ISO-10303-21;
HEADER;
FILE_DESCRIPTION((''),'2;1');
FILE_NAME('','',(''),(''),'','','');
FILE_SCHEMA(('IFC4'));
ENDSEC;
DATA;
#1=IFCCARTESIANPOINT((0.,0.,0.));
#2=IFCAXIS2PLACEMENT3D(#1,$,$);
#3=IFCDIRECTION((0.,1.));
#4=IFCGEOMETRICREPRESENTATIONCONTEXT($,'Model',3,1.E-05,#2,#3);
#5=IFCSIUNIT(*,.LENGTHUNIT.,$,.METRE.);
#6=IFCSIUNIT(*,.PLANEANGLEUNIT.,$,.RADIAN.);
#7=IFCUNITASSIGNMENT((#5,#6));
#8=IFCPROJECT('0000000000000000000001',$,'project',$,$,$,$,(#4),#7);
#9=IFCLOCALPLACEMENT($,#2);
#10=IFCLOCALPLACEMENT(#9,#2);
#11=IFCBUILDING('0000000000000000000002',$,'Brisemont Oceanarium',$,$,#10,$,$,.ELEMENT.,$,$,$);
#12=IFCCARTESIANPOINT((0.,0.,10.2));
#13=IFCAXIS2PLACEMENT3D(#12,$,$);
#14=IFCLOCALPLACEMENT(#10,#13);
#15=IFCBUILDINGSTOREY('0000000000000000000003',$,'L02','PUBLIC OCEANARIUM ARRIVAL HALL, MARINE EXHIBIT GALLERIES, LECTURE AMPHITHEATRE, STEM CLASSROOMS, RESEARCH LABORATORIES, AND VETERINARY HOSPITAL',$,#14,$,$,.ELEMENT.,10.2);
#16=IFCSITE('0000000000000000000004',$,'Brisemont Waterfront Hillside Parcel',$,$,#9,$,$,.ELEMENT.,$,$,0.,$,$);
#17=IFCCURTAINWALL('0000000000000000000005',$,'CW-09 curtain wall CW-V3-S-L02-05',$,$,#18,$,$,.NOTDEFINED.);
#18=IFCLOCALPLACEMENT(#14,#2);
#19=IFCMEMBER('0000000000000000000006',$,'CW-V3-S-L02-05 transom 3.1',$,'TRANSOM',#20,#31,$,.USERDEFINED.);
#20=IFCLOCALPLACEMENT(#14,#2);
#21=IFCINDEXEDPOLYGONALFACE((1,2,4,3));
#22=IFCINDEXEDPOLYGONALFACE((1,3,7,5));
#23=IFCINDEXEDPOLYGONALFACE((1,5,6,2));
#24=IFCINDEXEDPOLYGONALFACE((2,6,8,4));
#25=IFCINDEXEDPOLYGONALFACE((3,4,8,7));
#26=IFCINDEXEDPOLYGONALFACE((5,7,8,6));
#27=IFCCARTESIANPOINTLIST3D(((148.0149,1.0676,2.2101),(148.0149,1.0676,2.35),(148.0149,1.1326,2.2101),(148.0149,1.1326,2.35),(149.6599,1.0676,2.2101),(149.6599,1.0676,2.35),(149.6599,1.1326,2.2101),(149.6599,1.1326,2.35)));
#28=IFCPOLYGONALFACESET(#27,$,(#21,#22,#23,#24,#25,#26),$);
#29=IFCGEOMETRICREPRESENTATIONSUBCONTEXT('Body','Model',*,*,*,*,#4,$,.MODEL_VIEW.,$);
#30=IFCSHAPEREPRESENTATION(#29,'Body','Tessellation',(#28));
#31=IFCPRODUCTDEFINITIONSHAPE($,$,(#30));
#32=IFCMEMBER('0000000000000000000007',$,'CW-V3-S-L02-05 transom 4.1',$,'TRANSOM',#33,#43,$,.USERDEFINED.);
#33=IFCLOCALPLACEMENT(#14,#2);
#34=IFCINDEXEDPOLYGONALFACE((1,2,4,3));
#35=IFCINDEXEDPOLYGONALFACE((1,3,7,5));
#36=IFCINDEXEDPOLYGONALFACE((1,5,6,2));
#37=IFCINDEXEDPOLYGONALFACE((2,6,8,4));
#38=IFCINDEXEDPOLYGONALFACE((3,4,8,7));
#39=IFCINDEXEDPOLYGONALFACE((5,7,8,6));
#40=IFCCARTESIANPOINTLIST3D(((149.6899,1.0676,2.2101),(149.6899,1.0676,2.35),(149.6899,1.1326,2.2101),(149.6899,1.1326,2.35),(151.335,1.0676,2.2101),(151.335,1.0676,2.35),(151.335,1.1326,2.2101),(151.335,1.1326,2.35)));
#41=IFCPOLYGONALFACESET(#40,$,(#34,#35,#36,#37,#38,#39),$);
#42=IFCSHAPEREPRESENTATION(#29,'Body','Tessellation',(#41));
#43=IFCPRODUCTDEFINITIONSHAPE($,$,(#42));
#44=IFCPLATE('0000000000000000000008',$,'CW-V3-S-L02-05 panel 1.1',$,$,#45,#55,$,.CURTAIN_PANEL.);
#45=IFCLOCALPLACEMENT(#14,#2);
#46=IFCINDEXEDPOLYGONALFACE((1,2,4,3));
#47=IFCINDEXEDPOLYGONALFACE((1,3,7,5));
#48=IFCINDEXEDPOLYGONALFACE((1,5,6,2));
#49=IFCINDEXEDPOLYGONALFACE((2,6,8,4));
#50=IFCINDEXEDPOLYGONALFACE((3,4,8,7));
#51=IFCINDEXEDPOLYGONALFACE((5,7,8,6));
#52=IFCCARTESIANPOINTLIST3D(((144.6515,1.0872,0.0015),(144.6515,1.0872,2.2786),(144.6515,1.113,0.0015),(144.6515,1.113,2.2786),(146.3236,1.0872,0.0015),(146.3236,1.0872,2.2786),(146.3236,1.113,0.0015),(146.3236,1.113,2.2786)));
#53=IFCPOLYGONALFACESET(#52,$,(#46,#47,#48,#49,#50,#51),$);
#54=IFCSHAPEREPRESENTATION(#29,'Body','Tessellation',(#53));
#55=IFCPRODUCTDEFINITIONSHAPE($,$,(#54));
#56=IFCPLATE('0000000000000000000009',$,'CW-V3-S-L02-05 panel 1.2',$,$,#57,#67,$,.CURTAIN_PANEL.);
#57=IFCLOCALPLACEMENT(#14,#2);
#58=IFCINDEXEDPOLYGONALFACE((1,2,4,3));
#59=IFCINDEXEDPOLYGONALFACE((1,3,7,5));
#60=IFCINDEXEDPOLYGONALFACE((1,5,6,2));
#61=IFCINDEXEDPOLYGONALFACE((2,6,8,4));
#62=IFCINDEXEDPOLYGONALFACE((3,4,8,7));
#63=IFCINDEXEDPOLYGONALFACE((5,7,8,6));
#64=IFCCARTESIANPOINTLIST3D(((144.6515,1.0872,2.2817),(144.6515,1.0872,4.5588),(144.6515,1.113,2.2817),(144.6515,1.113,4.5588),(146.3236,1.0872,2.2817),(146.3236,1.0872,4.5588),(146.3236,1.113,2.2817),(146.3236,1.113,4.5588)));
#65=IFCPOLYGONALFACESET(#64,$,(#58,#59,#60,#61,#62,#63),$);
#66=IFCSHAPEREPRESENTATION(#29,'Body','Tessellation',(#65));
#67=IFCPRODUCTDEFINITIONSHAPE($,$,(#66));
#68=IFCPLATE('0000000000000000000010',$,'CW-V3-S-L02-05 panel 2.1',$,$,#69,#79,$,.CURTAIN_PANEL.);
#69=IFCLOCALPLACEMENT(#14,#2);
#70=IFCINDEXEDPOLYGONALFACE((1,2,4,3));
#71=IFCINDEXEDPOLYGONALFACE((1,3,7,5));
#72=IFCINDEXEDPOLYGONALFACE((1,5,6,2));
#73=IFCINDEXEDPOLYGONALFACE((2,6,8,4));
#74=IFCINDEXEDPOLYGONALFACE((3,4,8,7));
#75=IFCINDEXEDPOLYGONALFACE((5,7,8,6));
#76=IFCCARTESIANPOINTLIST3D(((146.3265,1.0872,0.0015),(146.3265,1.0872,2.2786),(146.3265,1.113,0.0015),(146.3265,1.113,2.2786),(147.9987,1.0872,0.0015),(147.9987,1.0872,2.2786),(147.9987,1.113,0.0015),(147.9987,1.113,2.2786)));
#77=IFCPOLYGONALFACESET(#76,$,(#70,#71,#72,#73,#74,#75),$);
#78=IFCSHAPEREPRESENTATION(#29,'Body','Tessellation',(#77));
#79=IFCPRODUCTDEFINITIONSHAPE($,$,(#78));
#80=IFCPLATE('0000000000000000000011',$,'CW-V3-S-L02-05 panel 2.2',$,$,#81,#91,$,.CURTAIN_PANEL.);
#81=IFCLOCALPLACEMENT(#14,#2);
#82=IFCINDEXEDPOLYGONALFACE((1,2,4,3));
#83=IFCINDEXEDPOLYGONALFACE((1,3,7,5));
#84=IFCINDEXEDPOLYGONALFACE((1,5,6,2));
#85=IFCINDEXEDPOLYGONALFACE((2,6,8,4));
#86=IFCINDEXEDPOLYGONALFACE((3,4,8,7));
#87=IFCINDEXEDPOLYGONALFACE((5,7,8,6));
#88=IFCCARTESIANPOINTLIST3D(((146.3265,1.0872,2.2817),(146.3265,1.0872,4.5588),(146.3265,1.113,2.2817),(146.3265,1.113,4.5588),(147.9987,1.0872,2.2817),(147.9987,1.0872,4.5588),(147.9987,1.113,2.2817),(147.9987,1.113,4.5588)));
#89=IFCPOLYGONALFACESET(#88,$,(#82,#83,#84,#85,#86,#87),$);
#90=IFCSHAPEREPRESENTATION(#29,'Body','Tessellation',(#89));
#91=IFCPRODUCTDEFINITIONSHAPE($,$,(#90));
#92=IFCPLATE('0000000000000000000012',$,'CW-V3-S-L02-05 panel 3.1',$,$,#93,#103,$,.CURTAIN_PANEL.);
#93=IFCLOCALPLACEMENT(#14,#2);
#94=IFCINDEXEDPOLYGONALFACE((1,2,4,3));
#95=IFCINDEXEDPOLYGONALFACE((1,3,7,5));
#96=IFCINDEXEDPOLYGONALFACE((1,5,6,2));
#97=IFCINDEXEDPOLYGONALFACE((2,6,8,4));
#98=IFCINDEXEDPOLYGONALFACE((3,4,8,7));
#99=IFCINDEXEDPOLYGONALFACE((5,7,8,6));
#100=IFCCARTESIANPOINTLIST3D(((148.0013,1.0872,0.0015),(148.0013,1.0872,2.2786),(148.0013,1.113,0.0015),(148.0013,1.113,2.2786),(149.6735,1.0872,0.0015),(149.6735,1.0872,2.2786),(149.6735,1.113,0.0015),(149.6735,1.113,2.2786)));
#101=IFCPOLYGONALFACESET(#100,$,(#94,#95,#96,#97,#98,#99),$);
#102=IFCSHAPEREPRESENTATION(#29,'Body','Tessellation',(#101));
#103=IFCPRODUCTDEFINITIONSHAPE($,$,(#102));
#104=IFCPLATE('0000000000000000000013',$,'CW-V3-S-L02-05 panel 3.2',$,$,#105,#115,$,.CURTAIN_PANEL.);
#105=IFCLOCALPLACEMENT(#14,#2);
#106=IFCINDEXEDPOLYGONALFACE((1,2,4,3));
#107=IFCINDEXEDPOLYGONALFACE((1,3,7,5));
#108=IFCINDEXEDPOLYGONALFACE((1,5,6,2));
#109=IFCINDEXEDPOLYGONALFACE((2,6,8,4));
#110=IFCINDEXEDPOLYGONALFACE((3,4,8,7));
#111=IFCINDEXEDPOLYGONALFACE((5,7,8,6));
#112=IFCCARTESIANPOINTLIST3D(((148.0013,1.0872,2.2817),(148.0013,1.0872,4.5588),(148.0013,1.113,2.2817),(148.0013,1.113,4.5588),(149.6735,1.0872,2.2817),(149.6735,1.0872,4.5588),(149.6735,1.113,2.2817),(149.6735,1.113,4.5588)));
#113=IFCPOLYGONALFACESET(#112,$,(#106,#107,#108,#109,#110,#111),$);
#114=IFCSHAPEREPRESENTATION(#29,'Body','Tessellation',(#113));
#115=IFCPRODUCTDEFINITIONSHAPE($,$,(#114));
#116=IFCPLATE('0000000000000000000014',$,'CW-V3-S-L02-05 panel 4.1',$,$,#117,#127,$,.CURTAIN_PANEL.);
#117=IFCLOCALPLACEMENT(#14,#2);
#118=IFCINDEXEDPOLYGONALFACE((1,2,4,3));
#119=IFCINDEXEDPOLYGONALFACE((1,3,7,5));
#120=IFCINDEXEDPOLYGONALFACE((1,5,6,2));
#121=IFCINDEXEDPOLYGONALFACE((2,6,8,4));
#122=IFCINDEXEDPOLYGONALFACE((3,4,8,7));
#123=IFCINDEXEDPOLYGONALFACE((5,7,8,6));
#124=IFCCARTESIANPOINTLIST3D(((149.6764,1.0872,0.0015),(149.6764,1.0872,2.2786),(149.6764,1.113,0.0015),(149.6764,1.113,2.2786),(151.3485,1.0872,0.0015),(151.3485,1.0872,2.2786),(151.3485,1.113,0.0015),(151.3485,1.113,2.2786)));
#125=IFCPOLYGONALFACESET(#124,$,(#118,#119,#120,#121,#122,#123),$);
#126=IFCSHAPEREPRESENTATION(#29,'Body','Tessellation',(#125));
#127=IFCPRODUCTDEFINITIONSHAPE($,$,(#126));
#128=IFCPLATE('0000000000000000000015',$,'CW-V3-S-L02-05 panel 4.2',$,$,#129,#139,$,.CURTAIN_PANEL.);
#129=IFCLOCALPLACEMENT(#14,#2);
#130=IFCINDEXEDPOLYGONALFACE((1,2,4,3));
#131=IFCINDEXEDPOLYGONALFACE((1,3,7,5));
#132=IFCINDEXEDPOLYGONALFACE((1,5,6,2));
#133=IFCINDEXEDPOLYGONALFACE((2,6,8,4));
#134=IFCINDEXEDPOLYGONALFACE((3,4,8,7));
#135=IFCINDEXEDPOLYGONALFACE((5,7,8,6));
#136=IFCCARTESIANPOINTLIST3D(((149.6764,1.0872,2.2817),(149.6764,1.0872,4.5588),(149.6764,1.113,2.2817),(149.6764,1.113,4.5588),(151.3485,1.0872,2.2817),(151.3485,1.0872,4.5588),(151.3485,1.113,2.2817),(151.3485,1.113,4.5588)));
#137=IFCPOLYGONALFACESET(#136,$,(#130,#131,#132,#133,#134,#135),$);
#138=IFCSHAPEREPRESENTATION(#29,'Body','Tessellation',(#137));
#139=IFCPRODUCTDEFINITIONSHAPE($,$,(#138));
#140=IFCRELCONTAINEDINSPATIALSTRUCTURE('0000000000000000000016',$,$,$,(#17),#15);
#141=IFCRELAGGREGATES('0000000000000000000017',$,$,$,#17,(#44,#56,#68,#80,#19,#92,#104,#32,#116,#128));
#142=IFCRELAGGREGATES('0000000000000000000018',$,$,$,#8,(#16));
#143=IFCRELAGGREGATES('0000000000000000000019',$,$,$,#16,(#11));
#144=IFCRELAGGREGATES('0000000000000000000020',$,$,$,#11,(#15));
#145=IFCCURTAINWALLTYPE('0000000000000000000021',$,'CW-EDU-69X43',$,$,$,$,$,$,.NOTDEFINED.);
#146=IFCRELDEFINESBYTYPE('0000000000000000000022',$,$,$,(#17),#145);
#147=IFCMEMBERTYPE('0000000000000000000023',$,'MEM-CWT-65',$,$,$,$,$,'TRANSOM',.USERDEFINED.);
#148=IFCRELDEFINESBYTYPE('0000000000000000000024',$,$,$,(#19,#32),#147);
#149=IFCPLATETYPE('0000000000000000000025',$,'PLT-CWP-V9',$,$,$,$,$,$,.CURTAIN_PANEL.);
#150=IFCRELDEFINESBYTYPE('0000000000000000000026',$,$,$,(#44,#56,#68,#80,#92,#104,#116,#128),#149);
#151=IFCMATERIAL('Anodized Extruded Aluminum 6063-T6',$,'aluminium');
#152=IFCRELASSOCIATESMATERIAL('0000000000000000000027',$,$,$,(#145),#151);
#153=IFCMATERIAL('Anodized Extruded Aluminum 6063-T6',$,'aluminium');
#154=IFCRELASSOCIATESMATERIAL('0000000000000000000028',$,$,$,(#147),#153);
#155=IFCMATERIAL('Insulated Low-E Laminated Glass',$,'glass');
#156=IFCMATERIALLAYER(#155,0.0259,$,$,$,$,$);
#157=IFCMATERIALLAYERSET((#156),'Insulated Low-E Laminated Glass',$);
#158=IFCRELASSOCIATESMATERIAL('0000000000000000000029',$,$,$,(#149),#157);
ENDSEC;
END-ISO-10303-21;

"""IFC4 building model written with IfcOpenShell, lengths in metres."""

from ifc_helpers import new_model, si_unit, direction, frame, origin, origin_2d, place, context, subcontext, project, spatial, rectangle, extrude, material, layer, layer_set, material_profile, profile_set, type_object, element, aggregate, save


model = new_model("IFC4")

# Units and contexts
model_context = context("Model", 3, precision=1e-05, world=origin(), true_north=direction((0.0, 1.0)))
body_context = subcontext(model_context, "Body", "Model", "MODEL_VIEW")
ifc_project = project(units=[si_unit("LENGTHUNIT", "METRE"), si_unit("PLANEANGLEUNIT", "RADIAN")], contexts=[model_context])

# Site, building, storey
site_placement = place(None, origin())
site = spatial("IfcSite", under=ifc_project, at=site_placement, Name="Brisemont Waterfront Hillside Parcel", CompositionType="ELEMENT", RefElevation=0.0)
building_placement = place(site_placement, origin())
building = spatial("IfcBuilding", under=site, at=building_placement, Name="Brisemont Oceanarium", CompositionType="ELEMENT")
storey_placement = place(building_placement, frame((0.0, 0.0, 10.2)))
storey = spatial("IfcBuildingStorey", under=building, at=storey_placement, Name="L02", Description="PUBLIC OCEANARIUM ARRIVAL HALL, MARINE EXHIBIT GALLERIES, LECTURE AMPHITHEATRE, STEM CLASSROOMS, RESEARCH LABORATORIES, AND VETERINARY HOSPITAL", CompositionType="ELEMENT", Elevation=10.2)

# Curtain wall, members, plates
ifc_material_1 = material(Name="Anodized Extruded Aluminum 6063-T6", Category="aluminium")
curtain_wall_type = type_object("IfcCurtainWallType", Name="CW-EDU-69X43", PredefinedType="NOTDEFINED", material=ifc_material_1)
curtain_wall_placement = place(storey_placement, origin())
curtain_wall = element("IfcCurtainWall", 1, at=curtain_wall_placement, inside=storey, type_object=curtain_wall_type, Name="CW-09 curtain wall CW-V3-S-L02-05", PredefinedType="NOTDEFINED")
ifc_material_2 = material(Name="Anodized Extruded Aluminum 6063-T6", Category="aluminium")
ifc_material_profile_1 = material_profile(ifc_material_2, rectangle(XDim=0.0649, YDim=0.1399, at=origin_2d()), Name="CWT-65X140")
ifc_profile_set_1 = profile_set([ifc_material_profile_1], Name="Anodized Extruded Aluminum 6063-T6")
member_type_1 = type_object("IfcMemberType", Name="MEM-CWT-65", ElementType="TRANSOM", PredefinedType="USERDEFINED", material=ifc_profile_set_1)
member_1_placement = place(storey_placement, frame((148.0149, 1.1001, 2.28), z_axis=(1.0, 0.0, 0.0), x_axis=(0.0, 1.0, 0.0)))
member_1 = element("IfcMember", 2, at=member_1_placement, type_object=member_type_1, Name="CW-V3-S-L02-05 transom 3.1", ObjectType="TRANSOM", PredefinedType="USERDEFINED", context=body_context, shape_type="SweptSolid", body=[
    extrude(rectangle(XDim=0.0649, YDim=0.1399, at=origin_2d()), origin(), (0.0, 0.0, 1.0), 1.645),
])
member_2_placement = place(storey_placement, frame((149.6899, 1.1001, 2.28), z_axis=(1.0, 0.0, 0.0), x_axis=(0.0, 1.0, 0.0)))
member_2 = element("IfcMember", 3, at=member_2_placement, type_object=member_type_1, Name="CW-V3-S-L02-05 transom 4.1", ObjectType="TRANSOM", PredefinedType="USERDEFINED", context=body_context, shape_type="SweptSolid", body=[
    extrude(rectangle(XDim=0.0649, YDim=0.1399, at=origin_2d()), origin(), (0.0, 0.0, 1.0), 1.645),
])
ifc_material_3 = material(Name="Insulated Low-E Laminated Glass", Category="glass")
ifc_layer = layer(ifc_material_3, 0.0259)
ifc_layer_set = layer_set([ifc_layer], Name="Insulated Low-E Laminated Glass")
plate_type = type_object("IfcPlateType", Name="PLT-CWP-V9", PredefinedType="CURTAIN_PANEL", material=ifc_layer_set)
plate_1_placement = place(storey_placement, frame((145.4875, 1.1001, 0.0015), z_axis=(0.0, 0.0, 1.0), x_axis=(1.0, 0.0, 0.0)))
plate_1 = element("IfcPlate", 4, at=plate_1_placement, type_object=plate_type, Name="CW-V3-S-L02-05 panel 1.1", PredefinedType="CURTAIN_PANEL", context=body_context, shape_type="SweptSolid", body=[
    extrude(rectangle(XDim=1.6721, YDim=0.0259, at=origin_2d()), origin(), (0.0, 0.0, 1.0), 2.2771),
])
plate_2_placement = place(storey_placement, frame((145.4875, 1.1001, 2.2817), z_axis=(0.0, 0.0, 1.0), x_axis=(1.0, 0.0, 0.0)))
plate_2 = element("IfcPlate", 5, at=plate_2_placement, type_object=plate_type, Name="CW-V3-S-L02-05 panel 1.2", PredefinedType="CURTAIN_PANEL", context=body_context, shape_type="SweptSolid", body=[
    extrude(rectangle(XDim=1.6721, YDim=0.0259, at=origin_2d()), origin(), (0.0, 0.0, 1.0), 2.2771),
])
plate_3_placement = place(storey_placement, frame((147.1626, 1.1001, 0.0015), z_axis=(0.0, 0.0, 1.0), x_axis=(1.0, 0.0, 0.0)))
plate_3 = element("IfcPlate", 6, at=plate_3_placement, type_object=plate_type, Name="CW-V3-S-L02-05 panel 2.1", PredefinedType="CURTAIN_PANEL", context=body_context, shape_type="SweptSolid", body=[
    extrude(rectangle(XDim=1.6721, YDim=0.0259, at=origin_2d()), origin(), (0.0, 0.0, 1.0), 2.2771),
])
plate_4_placement = place(storey_placement, frame((147.1626, 1.1001, 2.2817), z_axis=(0.0, 0.0, 1.0), x_axis=(1.0, 0.0, 0.0)))
plate_4 = element("IfcPlate", 7, at=plate_4_placement, type_object=plate_type, Name="CW-V3-S-L02-05 panel 2.2", PredefinedType="CURTAIN_PANEL", context=body_context, shape_type="SweptSolid", body=[
    extrude(rectangle(XDim=1.6721, YDim=0.0259, at=origin_2d()), origin(), (0.0, 0.0, 1.0), 2.2771),
])
plate_5_placement = place(storey_placement, frame((148.8374, 1.1001, 0.0015), z_axis=(0.0, 0.0, 1.0), x_axis=(1.0, 0.0, 0.0)))
plate_5 = element("IfcPlate", 8, at=plate_5_placement, type_object=plate_type, Name="CW-V3-S-L02-05 panel 3.1", PredefinedType="CURTAIN_PANEL", context=body_context, shape_type="SweptSolid", body=[
    extrude(rectangle(XDim=1.6721, YDim=0.0259, at=origin_2d()), origin(), (0.0, 0.0, 1.0), 2.2771),
])
plate_6_placement = place(storey_placement, frame((148.8374, 1.1001, 2.2817), z_axis=(0.0, 0.0, 1.0), x_axis=(1.0, 0.0, 0.0)))
plate_6 = element("IfcPlate", 9, at=plate_6_placement, type_object=plate_type, Name="CW-V3-S-L02-05 panel 3.2", PredefinedType="CURTAIN_PANEL", context=body_context, shape_type="SweptSolid", body=[
    extrude(rectangle(XDim=1.6721, YDim=0.0259, at=origin_2d()), origin(), (0.0, 0.0, 1.0), 2.2771),
])
plate_7_placement = place(storey_placement, frame((150.5125, 1.1001, 0.0015), z_axis=(0.0, 0.0, 1.0), x_axis=(1.0, 0.0, 0.0)))
plate_7 = element("IfcPlate", 10, at=plate_7_placement, type_object=plate_type, Name="CW-V3-S-L02-05 panel 4.1", PredefinedType="CURTAIN_PANEL", context=body_context, shape_type="SweptSolid", body=[
    extrude(rectangle(XDim=1.6721, YDim=0.0259, at=origin_2d()), origin(), (0.0, 0.0, 1.0), 2.2771),
])
plate_8_placement = place(storey_placement, frame((150.5125, 1.1001, 2.2817), z_axis=(0.0, 0.0, 1.0), x_axis=(1.0, 0.0, 0.0)))
plate_8 = element("IfcPlate", 11, at=plate_8_placement, type_object=plate_type, Name="CW-V3-S-L02-05 panel 4.2", PredefinedType="CURTAIN_PANEL", context=body_context, shape_type="SweptSolid", body=[
    extrude(rectangle(XDim=1.6721, YDim=0.0259, at=origin_2d()), origin(), (0.0, 0.0, 1.0), 2.2771),
])
aggregate(curtain_wall, [plate_1, plate_2, plate_3, plate_4, member_1, plate_5, plate_6, member_2, plate_7, plate_8])

save(model, "model.ifc")
